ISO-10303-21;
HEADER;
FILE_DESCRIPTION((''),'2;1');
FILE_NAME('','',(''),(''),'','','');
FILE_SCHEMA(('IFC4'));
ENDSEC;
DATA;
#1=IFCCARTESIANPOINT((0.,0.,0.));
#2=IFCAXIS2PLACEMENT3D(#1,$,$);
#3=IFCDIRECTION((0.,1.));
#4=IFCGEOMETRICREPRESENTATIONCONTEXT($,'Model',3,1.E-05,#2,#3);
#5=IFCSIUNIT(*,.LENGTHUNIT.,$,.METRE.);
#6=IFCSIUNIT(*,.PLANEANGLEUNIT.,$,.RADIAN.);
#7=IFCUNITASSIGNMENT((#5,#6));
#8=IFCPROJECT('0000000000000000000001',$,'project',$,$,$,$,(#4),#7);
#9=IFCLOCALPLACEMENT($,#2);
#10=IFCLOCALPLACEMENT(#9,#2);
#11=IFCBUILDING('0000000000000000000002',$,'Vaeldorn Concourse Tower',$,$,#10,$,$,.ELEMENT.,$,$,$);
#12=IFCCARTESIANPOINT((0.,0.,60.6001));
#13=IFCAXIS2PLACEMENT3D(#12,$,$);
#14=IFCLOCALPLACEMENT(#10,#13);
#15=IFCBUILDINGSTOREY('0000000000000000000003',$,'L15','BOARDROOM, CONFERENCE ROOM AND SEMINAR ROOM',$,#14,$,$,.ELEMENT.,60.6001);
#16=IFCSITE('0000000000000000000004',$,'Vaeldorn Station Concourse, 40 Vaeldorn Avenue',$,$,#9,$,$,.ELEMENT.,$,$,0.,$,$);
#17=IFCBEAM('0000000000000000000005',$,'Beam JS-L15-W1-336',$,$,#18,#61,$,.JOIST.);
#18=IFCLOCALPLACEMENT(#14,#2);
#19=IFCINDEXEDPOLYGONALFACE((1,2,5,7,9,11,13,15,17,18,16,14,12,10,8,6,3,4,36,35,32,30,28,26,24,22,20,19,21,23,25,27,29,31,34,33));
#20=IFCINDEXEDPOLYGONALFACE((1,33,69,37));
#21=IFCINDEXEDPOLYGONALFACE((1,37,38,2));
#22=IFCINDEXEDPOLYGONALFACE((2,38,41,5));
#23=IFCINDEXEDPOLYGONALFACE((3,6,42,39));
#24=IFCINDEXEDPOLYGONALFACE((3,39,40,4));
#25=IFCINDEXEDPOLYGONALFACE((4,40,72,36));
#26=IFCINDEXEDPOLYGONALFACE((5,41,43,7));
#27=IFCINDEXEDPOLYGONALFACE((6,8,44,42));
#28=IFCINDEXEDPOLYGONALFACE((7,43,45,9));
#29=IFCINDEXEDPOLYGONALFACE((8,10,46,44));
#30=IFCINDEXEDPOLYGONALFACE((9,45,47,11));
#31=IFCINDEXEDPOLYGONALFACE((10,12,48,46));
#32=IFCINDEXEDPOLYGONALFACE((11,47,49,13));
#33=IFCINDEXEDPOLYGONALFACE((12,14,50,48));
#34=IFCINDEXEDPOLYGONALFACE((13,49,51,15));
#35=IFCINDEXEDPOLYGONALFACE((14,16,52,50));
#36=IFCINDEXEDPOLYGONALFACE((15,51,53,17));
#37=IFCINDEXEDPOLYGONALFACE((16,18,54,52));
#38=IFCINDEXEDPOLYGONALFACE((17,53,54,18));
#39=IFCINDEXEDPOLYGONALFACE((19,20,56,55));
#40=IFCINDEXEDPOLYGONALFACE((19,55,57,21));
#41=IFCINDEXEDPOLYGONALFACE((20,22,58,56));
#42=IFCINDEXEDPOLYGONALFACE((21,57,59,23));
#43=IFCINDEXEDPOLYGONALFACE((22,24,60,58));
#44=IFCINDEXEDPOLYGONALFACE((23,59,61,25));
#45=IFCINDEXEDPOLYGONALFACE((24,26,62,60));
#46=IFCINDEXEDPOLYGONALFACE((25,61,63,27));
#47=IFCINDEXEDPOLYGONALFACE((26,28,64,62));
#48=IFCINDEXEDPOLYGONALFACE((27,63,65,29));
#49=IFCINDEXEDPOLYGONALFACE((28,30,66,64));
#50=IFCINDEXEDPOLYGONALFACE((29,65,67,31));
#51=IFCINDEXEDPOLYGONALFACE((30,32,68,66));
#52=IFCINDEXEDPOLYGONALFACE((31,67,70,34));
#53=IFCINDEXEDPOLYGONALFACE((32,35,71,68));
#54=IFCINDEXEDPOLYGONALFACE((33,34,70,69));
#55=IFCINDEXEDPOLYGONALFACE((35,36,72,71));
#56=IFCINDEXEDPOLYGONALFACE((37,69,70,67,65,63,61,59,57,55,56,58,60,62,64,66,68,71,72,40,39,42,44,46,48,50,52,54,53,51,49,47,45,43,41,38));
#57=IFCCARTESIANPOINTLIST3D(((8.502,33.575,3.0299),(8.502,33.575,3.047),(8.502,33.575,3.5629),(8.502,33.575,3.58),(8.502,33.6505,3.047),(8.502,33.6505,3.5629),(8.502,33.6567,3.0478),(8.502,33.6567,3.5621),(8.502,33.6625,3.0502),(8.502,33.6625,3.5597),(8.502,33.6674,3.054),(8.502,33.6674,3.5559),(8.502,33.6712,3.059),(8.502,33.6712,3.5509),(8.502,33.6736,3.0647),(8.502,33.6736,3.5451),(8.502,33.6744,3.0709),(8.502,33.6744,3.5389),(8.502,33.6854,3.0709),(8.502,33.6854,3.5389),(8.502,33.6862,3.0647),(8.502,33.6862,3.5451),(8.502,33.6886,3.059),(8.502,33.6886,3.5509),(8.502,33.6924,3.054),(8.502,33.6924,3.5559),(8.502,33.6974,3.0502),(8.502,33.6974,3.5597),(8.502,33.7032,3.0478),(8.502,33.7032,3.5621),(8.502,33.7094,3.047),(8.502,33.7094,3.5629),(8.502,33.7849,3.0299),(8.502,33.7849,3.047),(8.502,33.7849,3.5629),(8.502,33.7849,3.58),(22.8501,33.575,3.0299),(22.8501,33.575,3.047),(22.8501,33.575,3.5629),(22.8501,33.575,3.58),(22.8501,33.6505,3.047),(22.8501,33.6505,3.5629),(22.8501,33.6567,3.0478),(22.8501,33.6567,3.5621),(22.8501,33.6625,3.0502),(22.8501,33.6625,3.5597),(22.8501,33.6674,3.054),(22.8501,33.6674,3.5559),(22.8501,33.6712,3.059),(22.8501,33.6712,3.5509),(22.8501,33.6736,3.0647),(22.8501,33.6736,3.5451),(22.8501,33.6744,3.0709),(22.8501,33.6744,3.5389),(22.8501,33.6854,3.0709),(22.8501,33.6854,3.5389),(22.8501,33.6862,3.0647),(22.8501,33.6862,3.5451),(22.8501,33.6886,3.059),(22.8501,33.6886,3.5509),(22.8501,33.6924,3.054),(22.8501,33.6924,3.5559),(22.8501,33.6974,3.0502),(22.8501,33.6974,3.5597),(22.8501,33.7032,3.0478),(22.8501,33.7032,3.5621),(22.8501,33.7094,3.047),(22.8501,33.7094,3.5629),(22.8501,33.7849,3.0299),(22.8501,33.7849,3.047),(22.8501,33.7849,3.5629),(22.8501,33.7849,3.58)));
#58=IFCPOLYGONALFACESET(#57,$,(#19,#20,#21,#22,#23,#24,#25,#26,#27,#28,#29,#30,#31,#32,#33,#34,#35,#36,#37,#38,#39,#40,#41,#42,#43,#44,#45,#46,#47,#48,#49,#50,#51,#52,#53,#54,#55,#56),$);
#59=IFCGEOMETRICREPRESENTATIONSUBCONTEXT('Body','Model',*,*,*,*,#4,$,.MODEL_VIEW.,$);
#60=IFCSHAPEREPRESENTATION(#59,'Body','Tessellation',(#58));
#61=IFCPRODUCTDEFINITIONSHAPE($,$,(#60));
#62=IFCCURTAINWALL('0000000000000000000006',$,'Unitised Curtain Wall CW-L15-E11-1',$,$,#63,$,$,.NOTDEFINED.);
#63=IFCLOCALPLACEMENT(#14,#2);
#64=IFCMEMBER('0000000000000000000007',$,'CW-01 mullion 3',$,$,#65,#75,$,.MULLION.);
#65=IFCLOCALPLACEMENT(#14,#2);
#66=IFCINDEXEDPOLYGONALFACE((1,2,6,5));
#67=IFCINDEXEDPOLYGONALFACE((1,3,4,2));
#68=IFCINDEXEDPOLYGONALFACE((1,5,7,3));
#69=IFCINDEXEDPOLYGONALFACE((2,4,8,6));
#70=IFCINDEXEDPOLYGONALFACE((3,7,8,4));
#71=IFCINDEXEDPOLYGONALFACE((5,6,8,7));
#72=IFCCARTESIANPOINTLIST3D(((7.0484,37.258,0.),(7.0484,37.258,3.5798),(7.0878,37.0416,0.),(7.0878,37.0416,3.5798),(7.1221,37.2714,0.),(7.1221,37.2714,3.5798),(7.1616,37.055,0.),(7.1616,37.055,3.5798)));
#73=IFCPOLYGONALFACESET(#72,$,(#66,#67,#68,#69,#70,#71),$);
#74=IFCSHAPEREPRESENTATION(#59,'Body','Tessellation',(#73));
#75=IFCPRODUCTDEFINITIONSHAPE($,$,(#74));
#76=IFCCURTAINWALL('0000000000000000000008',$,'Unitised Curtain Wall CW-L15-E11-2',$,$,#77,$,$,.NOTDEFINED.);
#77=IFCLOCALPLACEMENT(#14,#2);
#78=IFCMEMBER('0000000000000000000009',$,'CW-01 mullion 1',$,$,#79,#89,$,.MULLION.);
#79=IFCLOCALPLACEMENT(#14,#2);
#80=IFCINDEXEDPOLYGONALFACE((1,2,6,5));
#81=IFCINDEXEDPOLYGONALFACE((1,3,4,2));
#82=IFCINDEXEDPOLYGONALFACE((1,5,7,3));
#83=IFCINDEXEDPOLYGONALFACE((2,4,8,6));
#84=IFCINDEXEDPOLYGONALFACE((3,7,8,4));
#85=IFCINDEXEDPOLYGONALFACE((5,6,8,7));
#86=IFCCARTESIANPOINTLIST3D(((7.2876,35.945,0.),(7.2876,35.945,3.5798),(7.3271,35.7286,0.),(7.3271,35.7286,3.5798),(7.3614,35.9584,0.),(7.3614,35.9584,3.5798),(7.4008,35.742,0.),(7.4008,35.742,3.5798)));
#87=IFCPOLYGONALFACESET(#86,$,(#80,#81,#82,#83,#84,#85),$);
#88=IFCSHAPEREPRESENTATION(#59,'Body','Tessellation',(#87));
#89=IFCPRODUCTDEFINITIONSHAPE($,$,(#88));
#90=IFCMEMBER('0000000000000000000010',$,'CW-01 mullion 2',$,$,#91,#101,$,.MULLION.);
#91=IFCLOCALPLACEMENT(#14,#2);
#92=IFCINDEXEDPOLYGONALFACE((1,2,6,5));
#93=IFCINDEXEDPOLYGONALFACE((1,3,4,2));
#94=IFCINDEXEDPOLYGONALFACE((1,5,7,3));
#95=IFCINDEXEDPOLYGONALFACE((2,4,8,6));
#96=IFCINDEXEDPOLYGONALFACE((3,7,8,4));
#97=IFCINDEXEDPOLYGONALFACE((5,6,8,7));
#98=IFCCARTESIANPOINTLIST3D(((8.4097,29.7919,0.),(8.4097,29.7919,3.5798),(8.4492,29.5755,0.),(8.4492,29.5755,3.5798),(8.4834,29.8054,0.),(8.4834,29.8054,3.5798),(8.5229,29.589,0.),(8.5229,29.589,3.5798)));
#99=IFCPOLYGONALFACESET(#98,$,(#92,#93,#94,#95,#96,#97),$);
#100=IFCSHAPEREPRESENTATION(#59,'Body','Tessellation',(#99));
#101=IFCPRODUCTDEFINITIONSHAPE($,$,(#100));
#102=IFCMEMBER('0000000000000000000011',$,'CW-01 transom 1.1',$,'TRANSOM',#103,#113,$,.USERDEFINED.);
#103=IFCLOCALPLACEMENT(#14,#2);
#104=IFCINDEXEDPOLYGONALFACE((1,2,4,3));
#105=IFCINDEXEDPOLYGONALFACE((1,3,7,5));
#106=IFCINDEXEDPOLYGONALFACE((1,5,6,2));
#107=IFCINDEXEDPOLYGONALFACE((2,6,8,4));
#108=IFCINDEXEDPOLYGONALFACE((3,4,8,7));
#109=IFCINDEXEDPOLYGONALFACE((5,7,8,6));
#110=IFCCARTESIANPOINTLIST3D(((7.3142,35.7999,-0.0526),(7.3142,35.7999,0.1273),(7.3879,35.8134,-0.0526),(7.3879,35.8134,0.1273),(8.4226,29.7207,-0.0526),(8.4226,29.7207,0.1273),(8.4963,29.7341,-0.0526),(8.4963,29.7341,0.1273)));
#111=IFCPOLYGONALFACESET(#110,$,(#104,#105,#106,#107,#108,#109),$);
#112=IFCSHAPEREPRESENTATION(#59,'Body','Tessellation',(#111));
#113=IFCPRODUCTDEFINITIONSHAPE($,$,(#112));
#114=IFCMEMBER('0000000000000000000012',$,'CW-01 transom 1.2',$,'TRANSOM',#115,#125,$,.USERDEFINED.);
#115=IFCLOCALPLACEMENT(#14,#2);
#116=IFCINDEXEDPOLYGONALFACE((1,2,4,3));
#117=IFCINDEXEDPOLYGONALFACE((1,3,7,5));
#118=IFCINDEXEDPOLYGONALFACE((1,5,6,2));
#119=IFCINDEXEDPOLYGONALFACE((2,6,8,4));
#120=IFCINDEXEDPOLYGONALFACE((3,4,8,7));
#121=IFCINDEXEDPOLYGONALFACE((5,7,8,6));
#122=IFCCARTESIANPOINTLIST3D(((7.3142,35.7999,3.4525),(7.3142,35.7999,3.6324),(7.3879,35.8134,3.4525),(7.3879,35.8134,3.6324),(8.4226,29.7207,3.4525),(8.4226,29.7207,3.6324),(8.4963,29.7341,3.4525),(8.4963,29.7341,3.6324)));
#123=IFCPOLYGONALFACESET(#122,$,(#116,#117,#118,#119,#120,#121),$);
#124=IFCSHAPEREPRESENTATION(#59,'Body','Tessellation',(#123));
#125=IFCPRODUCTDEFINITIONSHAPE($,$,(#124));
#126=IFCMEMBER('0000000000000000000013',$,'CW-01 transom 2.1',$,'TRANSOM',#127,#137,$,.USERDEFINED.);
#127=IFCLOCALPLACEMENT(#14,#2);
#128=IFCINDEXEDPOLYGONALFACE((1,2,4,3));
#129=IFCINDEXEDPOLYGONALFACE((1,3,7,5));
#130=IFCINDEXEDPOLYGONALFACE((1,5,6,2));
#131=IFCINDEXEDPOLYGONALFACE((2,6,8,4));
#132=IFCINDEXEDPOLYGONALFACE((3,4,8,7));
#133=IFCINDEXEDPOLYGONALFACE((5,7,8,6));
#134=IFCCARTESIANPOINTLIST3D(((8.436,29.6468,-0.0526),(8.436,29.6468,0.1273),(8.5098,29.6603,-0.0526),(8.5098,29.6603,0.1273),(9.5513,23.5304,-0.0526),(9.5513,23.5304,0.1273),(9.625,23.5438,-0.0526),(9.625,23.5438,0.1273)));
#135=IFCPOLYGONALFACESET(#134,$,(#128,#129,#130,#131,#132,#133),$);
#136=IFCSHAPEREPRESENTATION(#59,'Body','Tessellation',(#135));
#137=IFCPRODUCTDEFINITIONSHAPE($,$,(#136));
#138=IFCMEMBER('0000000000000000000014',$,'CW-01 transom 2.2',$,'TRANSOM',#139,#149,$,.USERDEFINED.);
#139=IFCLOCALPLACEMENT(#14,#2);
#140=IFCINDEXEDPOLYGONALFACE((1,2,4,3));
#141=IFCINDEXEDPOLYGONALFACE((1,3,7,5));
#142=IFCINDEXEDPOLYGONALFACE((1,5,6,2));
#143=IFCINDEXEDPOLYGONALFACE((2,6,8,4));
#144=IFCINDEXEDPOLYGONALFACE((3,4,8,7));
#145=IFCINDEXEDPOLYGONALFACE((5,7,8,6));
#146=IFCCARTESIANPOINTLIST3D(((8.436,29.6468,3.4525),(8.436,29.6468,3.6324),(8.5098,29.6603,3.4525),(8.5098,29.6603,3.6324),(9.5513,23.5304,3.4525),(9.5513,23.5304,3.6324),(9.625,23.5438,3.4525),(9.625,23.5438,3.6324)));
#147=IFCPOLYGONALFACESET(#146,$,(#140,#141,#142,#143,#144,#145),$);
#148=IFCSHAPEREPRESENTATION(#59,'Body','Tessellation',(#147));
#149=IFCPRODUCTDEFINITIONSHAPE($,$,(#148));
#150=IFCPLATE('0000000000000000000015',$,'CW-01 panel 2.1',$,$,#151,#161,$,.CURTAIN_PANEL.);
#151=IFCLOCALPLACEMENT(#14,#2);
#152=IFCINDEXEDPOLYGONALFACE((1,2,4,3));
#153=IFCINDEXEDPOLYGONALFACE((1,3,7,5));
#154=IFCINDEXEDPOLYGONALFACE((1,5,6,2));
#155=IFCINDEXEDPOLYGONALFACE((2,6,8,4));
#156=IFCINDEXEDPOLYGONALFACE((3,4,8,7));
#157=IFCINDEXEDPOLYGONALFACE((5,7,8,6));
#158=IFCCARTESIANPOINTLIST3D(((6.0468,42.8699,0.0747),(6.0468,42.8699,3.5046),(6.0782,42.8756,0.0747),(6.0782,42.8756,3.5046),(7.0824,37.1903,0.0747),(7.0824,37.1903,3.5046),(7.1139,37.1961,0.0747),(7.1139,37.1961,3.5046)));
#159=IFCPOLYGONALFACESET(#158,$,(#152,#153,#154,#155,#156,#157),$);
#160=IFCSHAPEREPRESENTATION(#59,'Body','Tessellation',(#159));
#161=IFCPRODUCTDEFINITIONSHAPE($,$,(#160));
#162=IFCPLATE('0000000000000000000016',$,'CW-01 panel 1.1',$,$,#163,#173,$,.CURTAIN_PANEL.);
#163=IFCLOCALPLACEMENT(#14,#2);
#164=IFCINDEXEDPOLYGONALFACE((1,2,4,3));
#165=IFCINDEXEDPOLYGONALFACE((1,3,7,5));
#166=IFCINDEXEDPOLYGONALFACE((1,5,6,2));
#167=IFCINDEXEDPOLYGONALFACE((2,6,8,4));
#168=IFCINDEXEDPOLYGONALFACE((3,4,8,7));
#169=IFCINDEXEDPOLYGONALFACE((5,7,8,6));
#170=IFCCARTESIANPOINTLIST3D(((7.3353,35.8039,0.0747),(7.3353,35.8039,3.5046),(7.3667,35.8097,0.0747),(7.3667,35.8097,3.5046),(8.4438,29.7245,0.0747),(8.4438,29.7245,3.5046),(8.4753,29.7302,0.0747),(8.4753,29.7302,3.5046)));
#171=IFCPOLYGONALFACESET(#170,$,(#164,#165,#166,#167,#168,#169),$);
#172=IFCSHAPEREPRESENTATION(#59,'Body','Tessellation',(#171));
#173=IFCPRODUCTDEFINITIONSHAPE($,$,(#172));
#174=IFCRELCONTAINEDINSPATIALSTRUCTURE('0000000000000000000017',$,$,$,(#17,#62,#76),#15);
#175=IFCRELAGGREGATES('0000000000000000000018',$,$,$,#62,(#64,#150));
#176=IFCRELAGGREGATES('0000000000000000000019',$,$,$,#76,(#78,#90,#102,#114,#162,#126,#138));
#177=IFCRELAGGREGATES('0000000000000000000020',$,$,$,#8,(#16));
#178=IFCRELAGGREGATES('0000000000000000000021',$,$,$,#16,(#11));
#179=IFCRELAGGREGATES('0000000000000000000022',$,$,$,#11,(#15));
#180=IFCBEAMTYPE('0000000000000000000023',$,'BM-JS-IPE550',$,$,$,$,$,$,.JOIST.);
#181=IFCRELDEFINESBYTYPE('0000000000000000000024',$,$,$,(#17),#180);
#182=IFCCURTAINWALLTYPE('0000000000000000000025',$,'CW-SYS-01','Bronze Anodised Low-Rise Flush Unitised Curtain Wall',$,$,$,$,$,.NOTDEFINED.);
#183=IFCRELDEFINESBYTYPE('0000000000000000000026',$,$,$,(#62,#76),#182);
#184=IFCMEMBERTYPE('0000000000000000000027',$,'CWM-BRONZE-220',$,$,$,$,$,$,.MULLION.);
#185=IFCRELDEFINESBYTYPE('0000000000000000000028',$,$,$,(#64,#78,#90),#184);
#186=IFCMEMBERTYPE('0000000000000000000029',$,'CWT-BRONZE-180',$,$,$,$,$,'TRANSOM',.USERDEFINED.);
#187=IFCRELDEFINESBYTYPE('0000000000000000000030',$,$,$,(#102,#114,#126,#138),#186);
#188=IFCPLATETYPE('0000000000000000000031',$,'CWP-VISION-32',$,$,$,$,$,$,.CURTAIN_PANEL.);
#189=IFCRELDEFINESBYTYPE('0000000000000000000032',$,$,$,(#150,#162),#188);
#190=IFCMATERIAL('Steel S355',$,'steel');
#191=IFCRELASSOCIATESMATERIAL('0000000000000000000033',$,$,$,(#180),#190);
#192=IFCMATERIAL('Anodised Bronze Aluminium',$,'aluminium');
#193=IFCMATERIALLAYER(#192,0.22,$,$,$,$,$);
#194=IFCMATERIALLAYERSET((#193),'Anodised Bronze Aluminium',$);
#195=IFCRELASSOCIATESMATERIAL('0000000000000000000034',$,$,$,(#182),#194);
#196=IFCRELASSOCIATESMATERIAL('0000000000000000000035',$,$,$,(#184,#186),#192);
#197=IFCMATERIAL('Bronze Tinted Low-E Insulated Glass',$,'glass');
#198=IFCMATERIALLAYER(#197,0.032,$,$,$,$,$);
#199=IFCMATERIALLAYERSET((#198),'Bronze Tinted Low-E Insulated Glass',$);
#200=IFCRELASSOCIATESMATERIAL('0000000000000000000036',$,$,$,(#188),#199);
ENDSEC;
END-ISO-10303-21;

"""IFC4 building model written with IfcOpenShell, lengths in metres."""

from ifc_helpers import new_model, si_unit, direction, frame, origin, origin_2d, place, context, subcontext, project, spatial, rectangle, i_section, extrude, source, transform, mapped, material, layer, layer_set, material_profile, profile_set, type_object, element, aggregate, save


model = new_model("IFC4")

# Units and contexts
model_context = context("Model", 3, precision=1e-05, world=origin(), true_north=direction((0.0, 1.0)))
body_context = subcontext(model_context, "Body", "Model", "MODEL_VIEW")
ifc_project = project(units=[si_unit("LENGTHUNIT", "METRE"), si_unit("PLANEANGLEUNIT", "RADIAN")], contexts=[model_context])

# Site, building, storey
site_placement = place(None, origin())
site = spatial("IfcSite", under=ifc_project, at=site_placement, Name="Vaeldorn Station Concourse, 40 Vaeldorn Avenue", CompositionType="ELEMENT", RefElevation=0.0)
building_placement = place(site_placement, origin())
building = spatial("IfcBuilding", under=site, at=building_placement, Name="Vaeldorn Concourse Tower", CompositionType="ELEMENT")
storey_placement = place(building_placement, frame((0.0, 0.0, 60.6001)))
storey = spatial("IfcBuildingStorey", under=building, at=storey_placement, Name="L15", Description="BOARDROOM, CONFERENCE ROOM AND SEMINAR ROOM", CompositionType="ELEMENT", Elevation=60.6001)

# Beam
ifc_material_1 = material(Name="Steel S355", Category="steel")
ifc_material_profile_1 = material_profile(ifc_material_1, i_section(OverallWidth=0.21, OverallDepth=0.55, WebThickness=0.011, FlangeThickness=0.0171, FilletRadius=0.0239, at=origin_2d()), Name="IPE 550")
ifc_profile_set_1 = profile_set([ifc_material_profile_1], Name="Steel S355")
beam_type_1 = type_object("IfcBeamType", Name="BM-JS-IPE550", PredefinedType="JOIST", material=ifc_profile_set_1)
shared_shape_1 = source(origin(), body_context, "Body", "SweptSolid", [
    extrude(i_section(OverallWidth=0.21, OverallDepth=0.55, WebThickness=0.011, FlangeThickness=0.0171, FilletRadius=0.0239, at=origin_2d()), origin(), (0.0, 0.0, 1.0), 14.3481),
])
beam_1_placement = place(storey_placement, frame((8.502, 33.6799, 3.3049), z_axis=(1.0, 0.0, 0.0), x_axis=(0.0, 1.0, 0.0)))
element("IfcBeam", 1, at=beam_1_placement, inside=storey, type_object=beam_type_1, Name="Beam JS-L15-W1-336", PredefinedType="JOIST", context=body_context, shape_type="MappedRepresentation", body=[
    mapped(shared_shape_1, transform((0.0, 0.0, 0.0), scale=1.0)),
])

# Curtain wall, member
ifc_material_2 = material(Name="Anodised Bronze Aluminium", Category="aluminium")
ifc_layer_1 = layer(ifc_material_2, 0.22)
ifc_layer_set_1 = layer_set([ifc_layer_1], Name="Anodised Bronze Aluminium")
curtain_wall_type = type_object("IfcCurtainWallType", Name="CW-SYS-01", Description="Bronze Anodised Low-Rise Flush Unitised Curtain Wall", PredefinedType="NOTDEFINED", material=ifc_layer_set_1)
curtain_wall_1_placement = place(storey_placement, origin())
curtain_wall_1 = element("IfcCurtainWall", 2, at=curtain_wall_1_placement, inside=storey, type_object=curtain_wall_type, Name="Unitised Curtain Wall CW-L15-E11-1", PredefinedType="NOTDEFINED")
ifc_material_profile_2 = material_profile(ifc_material_2, rectangle(XDim=0.075, YDim=0.22, at=origin_2d()), Name="CWM 75x220")
ifc_profile_set_2 = profile_set([ifc_material_profile_2], Name="Anodised Bronze Aluminium")
member_type_1 = type_object("IfcMemberType", Name="CWM-BRONZE-220", PredefinedType="MULLION", material=ifc_profile_set_2)
shared_shape_2 = source(origin(), body_context, "Body", "SweptSolid", [
    extrude(rectangle(XDim=0.075, YDim=0.22, at=origin_2d()), origin(), (0.0, 0.0, 1.0), 3.5798),
])
member_1_placement = place(storey_placement, frame((7.105, 37.1565, 0.0), z_axis=(0.0, 0.0, 1.0), x_axis=(0.983779, 0.179383, 0.0)))
member_1 = element("IfcMember", 3, at=member_1_placement, type_object=member_type_1, Name="CW-01 mullion 3", PredefinedType="MULLION", context=body_context, shape_type="MappedRepresentation", body=[
    mapped(shared_shape_2, transform((0.0, 0.0, 0.0), scale=1.0)),
])

# Curtain wall, members
curtain_wall_2_placement = place(storey_placement, origin())
curtain_wall_2 = element("IfcCurtainWall", 4, at=curtain_wall_2_placement, inside=storey, type_object=curtain_wall_type, Name="Unitised Curtain Wall CW-L15-E11-2", PredefinedType="NOTDEFINED")
member_2_placement = place(storey_placement, frame((7.3442, 35.8435, 0.0), z_axis=(0.0, 0.0, 1.0), x_axis=(0.983779, 0.179384, 0.0)))
member_2 = element("IfcMember", 5, at=member_2_placement, type_object=member_type_1, Name="CW-01 mullion 1", PredefinedType="MULLION", context=body_context, shape_type="MappedRepresentation", body=[
    mapped(shared_shape_2, transform((0.0, 0.0, 0.0), scale=1.0)),
])
member_3_placement = place(storey_placement, frame((8.4663, 29.6904, 0.0), z_axis=(0.0, 0.0, 1.0), x_axis=(0.983779, 0.179384, 0.0)))
member_3 = element("IfcMember", 6, at=member_3_placement, type_object=member_type_1, Name="CW-01 mullion 2", PredefinedType="MULLION", context=body_context, shape_type="MappedRepresentation", body=[
    mapped(shared_shape_2, transform((0.0, 0.0, 0.0), scale=1.0)),
])
ifc_material_profile_3 = material_profile(ifc_material_2, rectangle(XDim=0.075, YDim=0.1799, at=origin_2d()), Name="CWT 75x180")
ifc_profile_set_3 = profile_set([ifc_material_profile_3], Name="Anodised Bronze Aluminium")
member_type_2 = type_object("IfcMemberType", Name="CWT-BRONZE-180", ElementType="TRANSOM", PredefinedType="USERDEFINED", material=ifc_profile_set_3)
shared_shape_3 = source(origin(), body_context, "Body", "SweptSolid", [
    extrude(rectangle(XDim=0.075, YDim=0.1799, at=origin_2d()), origin(), (0.0, 0.0, 1.0), 6.1794),
])
member_4_placement = place(storey_placement, frame((7.3511, 35.8066, 0.0374), z_axis=(0.179365, -0.983783, 0.0), x_axis=(0.983783, 0.179365, 0.0)))
member_4 = element("IfcMember", 7, at=member_4_placement, type_object=member_type_2, Name="CW-01 transom 1.1", ObjectType="TRANSOM", PredefinedType="USERDEFINED", context=body_context, shape_type="MappedRepresentation", body=[
    mapped(shared_shape_3, transform((0.0, 0.0, 0.0), scale=1.0)),
])
member_5_placement = place(storey_placement, frame((7.3511, 35.8066, 3.5425), z_axis=(0.179365, -0.983783, 0.0), x_axis=(0.983783, 0.179365, 0.0)))
member_5 = element("IfcMember", 8, at=member_5_placement, type_object=member_type_2, Name="CW-01 transom 1.2", ObjectType="TRANSOM", PredefinedType="USERDEFINED", context=body_context, shape_type="MappedRepresentation", body=[
    mapped(shared_shape_3, transform((0.0, 0.0, 0.0), scale=1.0)),
])
shared_shape_4 = source(origin(), body_context, "Body", "SweptSolid", [
    extrude(rectangle(XDim=0.075, YDim=0.1799, at=origin_2d()), origin(), (0.0, 0.0, 1.0), 6.2173),
])
member_6_placement = place(storey_placement, frame((8.4729, 29.6536, 0.0374), z_axis=(0.179376, -0.983781, 0.0), x_axis=(0.983781, 0.179376, 0.0)))
member_6 = element("IfcMember", 9, at=member_6_placement, type_object=member_type_2, Name="CW-01 transom 2.1", ObjectType="TRANSOM", PredefinedType="USERDEFINED", context=body_context, shape_type="MappedRepresentation", body=[
    mapped(shared_shape_4, transform((0.0, 0.0, 0.0), scale=1.0)),
])
member_7_placement = place(storey_placement, frame((8.4729, 29.6536, 3.5425), z_axis=(0.179376, -0.983781, 0.0), x_axis=(0.983781, 0.179376, 0.0)))
member_7 = element("IfcMember", 10, at=member_7_placement, type_object=member_type_2, Name="CW-01 transom 2.2", ObjectType="TRANSOM", PredefinedType="USERDEFINED", context=body_context, shape_type="MappedRepresentation", body=[
    mapped(shared_shape_4, transform((0.0, 0.0, 0.0), scale=1.0)),
])

# Plates
ifc_material_3 = material(Name="Bronze Tinted Low-E Insulated Glass", Category="glass")
ifc_layer_2 = layer(ifc_material_3, 0.032)
ifc_layer_set_2 = layer_set([ifc_layer_2], Name="Bronze Tinted Low-E Insulated Glass")
plate_type = type_object("IfcPlateType", Name="CWP-VISION-32", PredefinedType="CURTAIN_PANEL", material=ifc_layer_set_2)
shared_shape_5 = source(origin(), body_context, "Body", "SweptSolid", [
    extrude(rectangle(XDim=5.7732, YDim=0.032, at=origin_2d()), origin(), (0.0, 0.0, 1.0), 3.4299),
])
plate_1_placement = place(storey_placement, frame((6.5803, 40.033, 0.0747), z_axis=(0.0, 0.0, 1.0), x_axis=(0.179383, -0.983779, 0.0)))
plate_1 = element("IfcPlate", 11, at=plate_1_placement, type_object=plate_type, Name="CW-01 panel 2.1", PredefinedType="CURTAIN_PANEL", context=body_context, shape_type="MappedRepresentation", body=[
    mapped(shared_shape_5, transform((0.0, 0.0, 0.0), scale=1.0)),
])
aggregate(curtain_wall_1, [member_1, plate_1])
shared_shape_6 = source(origin(), body_context, "Body", "SweptSolid", [
    extrude(rectangle(XDim=6.1797, YDim=0.032, at=origin_2d()), origin(), (0.0, 0.0, 1.0), 3.4299),
])
plate_2_placement = place(storey_placement, frame((7.9053, 32.7671, 0.0747), z_axis=(0.0, 0.0, 1.0), x_axis=(0.179384, -0.983779, 0.0)))
plate_2 = element("IfcPlate", 12, at=plate_2_placement, type_object=plate_type, Name="CW-01 panel 1.1", PredefinedType="CURTAIN_PANEL", context=body_context, shape_type="MappedRepresentation", body=[
    mapped(shared_shape_6, transform((0.0, 0.0, 0.0), scale=1.0)),
])
aggregate(curtain_wall_2, [member_2, member_3, member_4, member_5, plate_2, member_6, member_7])

save(model, "model.ifc")
